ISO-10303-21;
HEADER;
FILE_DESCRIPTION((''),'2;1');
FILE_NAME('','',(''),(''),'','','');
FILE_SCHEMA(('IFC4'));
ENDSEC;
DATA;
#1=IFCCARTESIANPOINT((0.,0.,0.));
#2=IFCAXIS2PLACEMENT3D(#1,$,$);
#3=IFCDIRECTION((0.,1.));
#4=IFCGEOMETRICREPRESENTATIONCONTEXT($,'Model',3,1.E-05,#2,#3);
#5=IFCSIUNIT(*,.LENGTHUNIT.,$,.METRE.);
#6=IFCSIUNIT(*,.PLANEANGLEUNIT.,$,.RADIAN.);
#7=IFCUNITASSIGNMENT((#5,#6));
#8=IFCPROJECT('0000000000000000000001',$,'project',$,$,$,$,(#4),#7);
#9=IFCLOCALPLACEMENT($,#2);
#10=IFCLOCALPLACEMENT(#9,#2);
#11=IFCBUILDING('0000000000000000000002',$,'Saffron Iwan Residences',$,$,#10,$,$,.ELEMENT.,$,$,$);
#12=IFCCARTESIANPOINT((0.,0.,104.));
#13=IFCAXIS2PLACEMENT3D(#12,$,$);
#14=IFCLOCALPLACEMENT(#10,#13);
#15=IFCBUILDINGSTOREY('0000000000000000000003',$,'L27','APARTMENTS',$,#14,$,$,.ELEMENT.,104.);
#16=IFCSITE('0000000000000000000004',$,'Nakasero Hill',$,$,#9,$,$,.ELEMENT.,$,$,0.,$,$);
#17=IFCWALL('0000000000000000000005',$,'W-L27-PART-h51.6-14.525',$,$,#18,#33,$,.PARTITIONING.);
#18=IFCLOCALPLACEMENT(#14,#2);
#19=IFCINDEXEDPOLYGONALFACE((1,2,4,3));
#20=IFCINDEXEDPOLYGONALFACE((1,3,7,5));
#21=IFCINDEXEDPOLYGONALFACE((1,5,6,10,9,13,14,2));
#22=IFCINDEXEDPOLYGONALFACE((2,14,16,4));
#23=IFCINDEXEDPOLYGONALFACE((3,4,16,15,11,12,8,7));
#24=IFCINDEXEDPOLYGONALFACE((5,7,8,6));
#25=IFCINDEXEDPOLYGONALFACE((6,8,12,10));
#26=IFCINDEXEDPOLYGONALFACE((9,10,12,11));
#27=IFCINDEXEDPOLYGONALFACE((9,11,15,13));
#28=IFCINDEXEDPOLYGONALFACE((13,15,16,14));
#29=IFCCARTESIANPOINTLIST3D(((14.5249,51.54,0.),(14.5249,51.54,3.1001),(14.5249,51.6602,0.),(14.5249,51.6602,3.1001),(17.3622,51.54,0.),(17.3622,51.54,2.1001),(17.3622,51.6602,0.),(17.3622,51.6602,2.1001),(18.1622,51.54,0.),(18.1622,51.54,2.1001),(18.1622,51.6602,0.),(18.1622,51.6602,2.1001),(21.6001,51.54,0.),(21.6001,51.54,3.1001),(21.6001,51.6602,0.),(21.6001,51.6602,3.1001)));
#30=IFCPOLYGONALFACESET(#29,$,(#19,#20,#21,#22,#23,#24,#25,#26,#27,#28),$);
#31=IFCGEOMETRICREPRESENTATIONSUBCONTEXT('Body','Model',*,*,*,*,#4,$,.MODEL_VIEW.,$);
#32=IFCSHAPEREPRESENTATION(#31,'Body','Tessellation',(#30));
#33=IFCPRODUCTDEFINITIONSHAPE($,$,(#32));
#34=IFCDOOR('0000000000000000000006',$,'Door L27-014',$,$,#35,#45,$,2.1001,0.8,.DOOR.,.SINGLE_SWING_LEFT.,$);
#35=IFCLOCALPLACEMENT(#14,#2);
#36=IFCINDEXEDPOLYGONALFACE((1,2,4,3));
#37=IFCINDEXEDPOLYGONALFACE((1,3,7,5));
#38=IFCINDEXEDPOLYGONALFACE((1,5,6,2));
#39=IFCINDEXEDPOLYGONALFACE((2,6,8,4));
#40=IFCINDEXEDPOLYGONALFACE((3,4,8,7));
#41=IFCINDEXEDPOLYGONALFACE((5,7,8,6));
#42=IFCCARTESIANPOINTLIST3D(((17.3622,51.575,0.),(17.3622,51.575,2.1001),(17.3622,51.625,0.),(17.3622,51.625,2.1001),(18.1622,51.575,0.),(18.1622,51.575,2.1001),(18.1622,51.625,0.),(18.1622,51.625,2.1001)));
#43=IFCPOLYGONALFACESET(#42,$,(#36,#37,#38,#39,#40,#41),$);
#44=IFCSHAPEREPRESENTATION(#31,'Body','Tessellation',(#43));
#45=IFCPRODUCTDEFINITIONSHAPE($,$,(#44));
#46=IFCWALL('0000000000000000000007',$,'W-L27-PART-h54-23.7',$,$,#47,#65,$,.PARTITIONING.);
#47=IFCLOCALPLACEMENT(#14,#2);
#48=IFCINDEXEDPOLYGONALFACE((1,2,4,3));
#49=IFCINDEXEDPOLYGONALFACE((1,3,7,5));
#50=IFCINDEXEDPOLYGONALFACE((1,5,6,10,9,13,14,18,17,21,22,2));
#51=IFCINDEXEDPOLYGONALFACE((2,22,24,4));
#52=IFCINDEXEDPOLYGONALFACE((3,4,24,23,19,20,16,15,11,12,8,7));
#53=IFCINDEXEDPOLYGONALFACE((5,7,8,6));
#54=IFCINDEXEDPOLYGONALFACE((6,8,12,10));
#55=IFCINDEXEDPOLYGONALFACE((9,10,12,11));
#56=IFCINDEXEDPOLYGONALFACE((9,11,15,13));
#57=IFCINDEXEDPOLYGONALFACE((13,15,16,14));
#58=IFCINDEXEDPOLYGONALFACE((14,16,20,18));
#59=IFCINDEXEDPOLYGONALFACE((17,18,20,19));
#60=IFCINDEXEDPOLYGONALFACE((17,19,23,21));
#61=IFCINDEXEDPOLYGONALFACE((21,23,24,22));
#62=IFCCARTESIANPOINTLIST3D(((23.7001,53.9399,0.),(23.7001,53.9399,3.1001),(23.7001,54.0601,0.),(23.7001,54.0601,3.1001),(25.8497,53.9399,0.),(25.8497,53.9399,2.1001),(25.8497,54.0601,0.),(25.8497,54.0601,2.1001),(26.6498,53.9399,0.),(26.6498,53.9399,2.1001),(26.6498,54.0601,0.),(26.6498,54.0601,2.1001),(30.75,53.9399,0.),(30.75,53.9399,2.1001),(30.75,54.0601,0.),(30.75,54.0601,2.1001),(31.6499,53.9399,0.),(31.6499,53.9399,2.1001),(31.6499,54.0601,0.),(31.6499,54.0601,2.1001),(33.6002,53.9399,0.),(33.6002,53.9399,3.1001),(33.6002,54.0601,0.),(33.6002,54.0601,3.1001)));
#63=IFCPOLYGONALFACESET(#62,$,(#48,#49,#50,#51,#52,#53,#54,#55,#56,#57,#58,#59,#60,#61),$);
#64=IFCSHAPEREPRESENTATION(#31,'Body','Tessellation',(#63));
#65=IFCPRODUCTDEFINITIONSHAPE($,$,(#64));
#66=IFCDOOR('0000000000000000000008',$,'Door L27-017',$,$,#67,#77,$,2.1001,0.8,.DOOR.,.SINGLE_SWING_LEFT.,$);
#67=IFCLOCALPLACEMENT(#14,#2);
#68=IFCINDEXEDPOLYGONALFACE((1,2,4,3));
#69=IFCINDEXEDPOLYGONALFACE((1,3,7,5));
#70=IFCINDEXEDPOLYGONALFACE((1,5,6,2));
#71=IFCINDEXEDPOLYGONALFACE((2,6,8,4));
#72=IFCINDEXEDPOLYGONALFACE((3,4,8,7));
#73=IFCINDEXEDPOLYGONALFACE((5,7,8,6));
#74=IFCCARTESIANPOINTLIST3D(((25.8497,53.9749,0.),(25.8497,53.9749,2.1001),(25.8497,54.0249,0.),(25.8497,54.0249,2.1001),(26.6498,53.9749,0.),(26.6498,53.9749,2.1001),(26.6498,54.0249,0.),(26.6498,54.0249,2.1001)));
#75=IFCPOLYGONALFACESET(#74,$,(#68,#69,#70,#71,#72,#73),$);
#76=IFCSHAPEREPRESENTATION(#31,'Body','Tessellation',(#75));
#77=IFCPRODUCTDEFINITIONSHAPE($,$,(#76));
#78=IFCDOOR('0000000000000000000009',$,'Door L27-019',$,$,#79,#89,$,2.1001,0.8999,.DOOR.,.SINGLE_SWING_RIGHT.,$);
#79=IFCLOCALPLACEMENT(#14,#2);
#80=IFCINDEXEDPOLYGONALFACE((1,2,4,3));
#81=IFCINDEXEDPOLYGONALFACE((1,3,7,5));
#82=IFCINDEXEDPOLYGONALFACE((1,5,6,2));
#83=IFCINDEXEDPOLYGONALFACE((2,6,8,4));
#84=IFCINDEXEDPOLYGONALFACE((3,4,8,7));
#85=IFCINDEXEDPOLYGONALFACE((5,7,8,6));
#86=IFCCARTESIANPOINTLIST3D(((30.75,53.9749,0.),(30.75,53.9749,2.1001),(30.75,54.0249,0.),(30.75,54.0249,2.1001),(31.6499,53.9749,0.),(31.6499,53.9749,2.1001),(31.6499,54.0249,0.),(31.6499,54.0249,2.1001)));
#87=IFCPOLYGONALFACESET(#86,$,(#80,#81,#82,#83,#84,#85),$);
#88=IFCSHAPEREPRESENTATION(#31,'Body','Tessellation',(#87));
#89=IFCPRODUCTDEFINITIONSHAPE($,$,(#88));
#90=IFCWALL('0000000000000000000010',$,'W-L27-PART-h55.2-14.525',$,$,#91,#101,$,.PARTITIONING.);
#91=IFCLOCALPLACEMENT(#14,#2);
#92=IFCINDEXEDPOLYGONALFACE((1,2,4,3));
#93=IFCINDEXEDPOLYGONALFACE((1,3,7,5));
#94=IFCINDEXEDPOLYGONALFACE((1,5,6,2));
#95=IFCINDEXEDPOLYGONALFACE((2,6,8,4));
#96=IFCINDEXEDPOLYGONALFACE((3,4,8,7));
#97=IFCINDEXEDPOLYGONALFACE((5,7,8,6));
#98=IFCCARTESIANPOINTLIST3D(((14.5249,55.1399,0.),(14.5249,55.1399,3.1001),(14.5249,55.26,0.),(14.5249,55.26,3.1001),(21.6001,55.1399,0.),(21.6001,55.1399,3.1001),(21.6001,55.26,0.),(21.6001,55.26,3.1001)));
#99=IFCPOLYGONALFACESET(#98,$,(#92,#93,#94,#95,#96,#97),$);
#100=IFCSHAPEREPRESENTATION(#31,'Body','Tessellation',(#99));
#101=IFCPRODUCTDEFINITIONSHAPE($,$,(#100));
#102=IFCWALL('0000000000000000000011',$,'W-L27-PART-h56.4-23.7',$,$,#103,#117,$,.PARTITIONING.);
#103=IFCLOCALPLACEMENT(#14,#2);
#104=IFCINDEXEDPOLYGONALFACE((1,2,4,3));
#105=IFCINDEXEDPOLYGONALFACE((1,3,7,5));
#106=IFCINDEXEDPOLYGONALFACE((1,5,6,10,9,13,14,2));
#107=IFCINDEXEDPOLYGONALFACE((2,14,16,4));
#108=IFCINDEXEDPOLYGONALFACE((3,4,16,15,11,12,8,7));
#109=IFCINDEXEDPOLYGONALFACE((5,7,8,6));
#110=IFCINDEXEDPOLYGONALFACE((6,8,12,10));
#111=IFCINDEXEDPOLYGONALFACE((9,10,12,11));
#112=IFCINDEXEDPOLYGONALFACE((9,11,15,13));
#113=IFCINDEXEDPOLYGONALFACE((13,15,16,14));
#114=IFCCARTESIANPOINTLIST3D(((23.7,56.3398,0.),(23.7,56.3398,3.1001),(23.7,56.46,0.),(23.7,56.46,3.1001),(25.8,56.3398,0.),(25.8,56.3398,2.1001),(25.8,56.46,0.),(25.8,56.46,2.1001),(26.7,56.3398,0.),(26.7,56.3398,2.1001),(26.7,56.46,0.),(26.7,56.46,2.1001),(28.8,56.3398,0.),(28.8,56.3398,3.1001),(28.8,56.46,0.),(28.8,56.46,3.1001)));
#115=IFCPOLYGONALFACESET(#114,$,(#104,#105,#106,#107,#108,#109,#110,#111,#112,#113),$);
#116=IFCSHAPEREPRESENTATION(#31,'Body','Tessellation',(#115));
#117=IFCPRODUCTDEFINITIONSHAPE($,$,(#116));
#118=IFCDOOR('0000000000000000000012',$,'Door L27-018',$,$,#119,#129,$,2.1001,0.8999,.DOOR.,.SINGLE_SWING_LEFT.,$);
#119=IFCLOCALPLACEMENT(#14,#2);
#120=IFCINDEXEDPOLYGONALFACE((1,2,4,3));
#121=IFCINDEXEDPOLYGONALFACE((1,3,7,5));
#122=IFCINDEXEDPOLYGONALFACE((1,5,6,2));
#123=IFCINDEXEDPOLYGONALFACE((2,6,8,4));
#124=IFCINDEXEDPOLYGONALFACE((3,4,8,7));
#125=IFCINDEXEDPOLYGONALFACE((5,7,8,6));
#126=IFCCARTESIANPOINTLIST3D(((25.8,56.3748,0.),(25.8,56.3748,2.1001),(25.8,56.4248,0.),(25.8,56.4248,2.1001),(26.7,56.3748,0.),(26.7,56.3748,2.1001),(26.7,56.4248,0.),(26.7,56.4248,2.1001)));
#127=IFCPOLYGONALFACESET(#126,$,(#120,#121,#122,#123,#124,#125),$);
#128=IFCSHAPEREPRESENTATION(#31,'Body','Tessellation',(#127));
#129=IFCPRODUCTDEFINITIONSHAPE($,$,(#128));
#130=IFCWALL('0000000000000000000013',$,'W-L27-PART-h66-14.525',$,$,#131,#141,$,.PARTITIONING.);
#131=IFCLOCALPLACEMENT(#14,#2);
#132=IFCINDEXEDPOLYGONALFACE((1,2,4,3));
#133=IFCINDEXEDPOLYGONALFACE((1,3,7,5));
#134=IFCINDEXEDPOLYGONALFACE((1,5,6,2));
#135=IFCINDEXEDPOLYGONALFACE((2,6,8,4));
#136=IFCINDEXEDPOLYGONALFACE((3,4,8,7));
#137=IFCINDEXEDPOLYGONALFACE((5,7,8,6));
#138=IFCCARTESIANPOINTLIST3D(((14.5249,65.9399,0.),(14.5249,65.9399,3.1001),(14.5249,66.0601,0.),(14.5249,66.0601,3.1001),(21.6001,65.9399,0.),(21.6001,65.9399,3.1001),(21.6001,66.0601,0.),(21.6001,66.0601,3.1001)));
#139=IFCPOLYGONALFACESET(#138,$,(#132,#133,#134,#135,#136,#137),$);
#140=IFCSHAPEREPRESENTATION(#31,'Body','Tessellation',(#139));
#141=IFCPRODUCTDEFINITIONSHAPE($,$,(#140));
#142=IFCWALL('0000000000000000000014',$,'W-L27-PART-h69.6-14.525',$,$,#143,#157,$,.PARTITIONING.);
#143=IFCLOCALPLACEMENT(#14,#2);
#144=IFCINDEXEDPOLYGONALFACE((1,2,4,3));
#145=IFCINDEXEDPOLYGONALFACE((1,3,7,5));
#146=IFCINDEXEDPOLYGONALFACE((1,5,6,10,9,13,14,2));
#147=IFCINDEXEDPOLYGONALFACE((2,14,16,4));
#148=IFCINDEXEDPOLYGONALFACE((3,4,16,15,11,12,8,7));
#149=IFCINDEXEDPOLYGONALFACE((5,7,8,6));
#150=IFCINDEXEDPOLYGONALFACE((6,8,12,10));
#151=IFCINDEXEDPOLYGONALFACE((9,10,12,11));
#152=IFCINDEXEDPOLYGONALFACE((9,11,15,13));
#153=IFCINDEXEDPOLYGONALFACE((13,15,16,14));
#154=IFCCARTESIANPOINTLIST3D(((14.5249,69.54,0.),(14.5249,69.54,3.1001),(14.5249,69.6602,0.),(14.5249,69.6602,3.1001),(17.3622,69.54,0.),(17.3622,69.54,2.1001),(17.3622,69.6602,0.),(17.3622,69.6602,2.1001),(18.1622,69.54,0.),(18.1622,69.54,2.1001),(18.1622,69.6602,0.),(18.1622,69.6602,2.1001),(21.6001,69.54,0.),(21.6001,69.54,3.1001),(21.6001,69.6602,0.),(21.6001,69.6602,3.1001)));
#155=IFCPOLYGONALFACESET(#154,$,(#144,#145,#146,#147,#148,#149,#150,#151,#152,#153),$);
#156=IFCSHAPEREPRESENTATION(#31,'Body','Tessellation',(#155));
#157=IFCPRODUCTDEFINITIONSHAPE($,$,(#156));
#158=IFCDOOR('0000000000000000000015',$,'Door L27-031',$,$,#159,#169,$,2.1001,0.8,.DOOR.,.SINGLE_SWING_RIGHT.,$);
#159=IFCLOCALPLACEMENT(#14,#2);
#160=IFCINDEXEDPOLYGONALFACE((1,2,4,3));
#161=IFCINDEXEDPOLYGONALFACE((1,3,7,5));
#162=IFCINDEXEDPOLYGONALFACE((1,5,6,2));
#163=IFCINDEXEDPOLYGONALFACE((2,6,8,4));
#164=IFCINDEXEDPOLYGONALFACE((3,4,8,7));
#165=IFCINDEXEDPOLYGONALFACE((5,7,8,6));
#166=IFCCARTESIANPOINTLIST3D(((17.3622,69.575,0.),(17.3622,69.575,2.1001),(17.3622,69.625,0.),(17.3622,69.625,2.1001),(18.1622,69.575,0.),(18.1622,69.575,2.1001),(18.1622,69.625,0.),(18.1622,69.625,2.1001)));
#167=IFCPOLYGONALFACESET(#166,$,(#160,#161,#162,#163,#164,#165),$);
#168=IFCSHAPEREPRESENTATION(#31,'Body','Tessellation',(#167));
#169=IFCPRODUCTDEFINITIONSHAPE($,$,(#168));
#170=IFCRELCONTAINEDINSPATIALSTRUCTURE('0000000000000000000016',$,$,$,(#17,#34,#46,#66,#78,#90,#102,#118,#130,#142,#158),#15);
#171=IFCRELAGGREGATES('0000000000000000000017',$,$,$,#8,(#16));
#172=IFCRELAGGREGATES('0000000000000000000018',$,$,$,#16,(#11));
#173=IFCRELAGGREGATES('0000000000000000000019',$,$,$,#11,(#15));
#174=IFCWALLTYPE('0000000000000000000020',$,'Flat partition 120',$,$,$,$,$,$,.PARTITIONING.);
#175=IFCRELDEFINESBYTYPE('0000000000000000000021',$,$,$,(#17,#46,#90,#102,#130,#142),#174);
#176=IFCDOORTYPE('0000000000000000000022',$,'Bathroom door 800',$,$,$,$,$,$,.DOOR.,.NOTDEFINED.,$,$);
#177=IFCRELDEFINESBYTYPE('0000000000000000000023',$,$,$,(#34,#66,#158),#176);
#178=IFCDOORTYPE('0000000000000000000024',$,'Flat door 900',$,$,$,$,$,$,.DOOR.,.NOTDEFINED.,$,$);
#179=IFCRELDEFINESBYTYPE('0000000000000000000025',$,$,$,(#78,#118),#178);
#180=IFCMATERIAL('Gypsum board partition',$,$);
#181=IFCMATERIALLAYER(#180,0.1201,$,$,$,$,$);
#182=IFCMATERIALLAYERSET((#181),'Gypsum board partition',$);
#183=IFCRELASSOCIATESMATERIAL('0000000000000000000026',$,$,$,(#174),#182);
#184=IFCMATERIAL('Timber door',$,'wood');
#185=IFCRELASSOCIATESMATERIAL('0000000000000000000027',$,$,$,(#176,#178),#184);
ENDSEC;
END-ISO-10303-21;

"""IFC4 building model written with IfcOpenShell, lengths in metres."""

from ifc_helpers import new_model, si_unit, direction, frame, frame_2d, origin, place, context, subcontext, project, spatial, rectangle, extrude, material, layer, layer_set, type_object, element, fill, save


model = new_model("IFC4")

# Units and contexts
model_context = context("Model", 3, precision=1e-05, world=origin(), true_north=direction((0.0, 1.0)))
body_context = subcontext(model_context, "Body", "Model", "MODEL_VIEW")
ifc_project = project(units=[si_unit("LENGTHUNIT", "METRE"), si_unit("PLANEANGLEUNIT", "RADIAN")], contexts=[model_context])

# Site, building, storey
site_placement = place(None, origin())
site = spatial("IfcSite", under=ifc_project, at=site_placement, Name="Nakasero Hill", CompositionType="ELEMENT", RefElevation=0.0)
building_placement = place(site_placement, origin())
building = spatial("IfcBuilding", under=site, at=building_placement, Name="Saffron Iwan Residences", CompositionType="ELEMENT")
storey_placement = place(building_placement, frame((0.0, 0.0, 104.0)))
storey = spatial("IfcBuildingStorey", under=building, at=storey_placement, Name="L27", Description="APARTMENTS", CompositionType="ELEMENT", Elevation=104.0)

# Shared definitions
ifc_material_1 = material(Name="Gypsum board partition")
ifc_layer_1 = layer(ifc_material_1, 0.1201)
ifc_layer_set_1 = layer_set([ifc_layer_1], Name="Gypsum board partition")
wall_type_1 = type_object("IfcWallType", Name="Flat partition 120", PredefinedType="PARTITIONING", material=ifc_layer_set_1)

# Wall, opening, door
wall_1_placement = place(storey_placement, frame((14.5249, 51.6001, 0.0), z_axis=(0.0, 0.0, 1.0), x_axis=(1.0, 0.0, 0.0)))
wall_1 = element("IfcWall", 1, at=wall_1_placement, inside=storey, type_object=wall_type_1, Name="W-L27-PART-h51.6-14.525", PredefinedType="PARTITIONING", context=body_context, shape_type="SweptSolid", body=[
    extrude(rectangle(XDim=7.0752, YDim=0.1201, at=frame_2d((3.5376, 0.0))), origin(), (0.0, 0.0, 1.0), 3.1001),
])
opening_1_placement = place(wall_1_placement, frame((2.8374, 0.0, 0.0)))
opening_1 = element("IfcOpeningElement", 2, at=opening_1_placement, cuts=wall_1, PredefinedType="OPENING", context=body_context, shape_type="SweptSolid", body=[
    extrude(rectangle(XDim=0.8, YDim=2.1001, at=frame_2d((0.3999, 1.05))), frame((0.0, 0.0701, 0.0), z_axis=(0.0, -1.0, 0.0), x_axis=(1.0, 0.0, 0.0)), (0.0, 0.0, 1.0), 0.1401),
])
ifc_material_2 = material(Name="Timber door", Category="wood")
door_type_1 = type_object("IfcDoorType", Name="Bathroom door 800", OperationType="NOTDEFINED", PredefinedType="DOOR", material=ifc_material_2)
door_1_placement = place(opening_1_placement, origin())
door_1 = element("IfcDoor", 3, at=door_1_placement, inside=storey, type_object=door_type_1, Name="Door L27-014", OperationType="SINGLE_SWING_LEFT", OverallHeight=2.1001, OverallWidth=0.8, PredefinedType="DOOR", context=body_context, shape_type="SweptSolid", body=[
    extrude(rectangle(XDim=0.8, YDim=2.1001, at=frame_2d((0.3999, 1.05))), frame((0.0, 0.0249, 0.0), z_axis=(0.0, -1.0, 0.0), x_axis=(1.0, 0.0, 0.0)), (0.0, 0.0, 1.0), 0.05),
])
fill(opening_1, door_1)

# Wall, openings, doors
wall_2_placement = place(storey_placement, frame((23.7, 54.0, 0.0), z_axis=(0.0, 0.0, 1.0), x_axis=(1.0, 0.0, 0.0)))
wall_2 = element("IfcWall", 4, at=wall_2_placement, inside=storey, type_object=wall_type_1, Name="W-L27-PART-h54-23.7", PredefinedType="PARTITIONING", context=body_context, shape_type="SweptSolid", body=[
    extrude(rectangle(XDim=9.9001, YDim=0.1201, at=frame_2d((4.9502, 0.0))), origin(), (0.0, 0.0, 1.0), 3.1001),
])
opening_2_placement = place(wall_2_placement, frame((2.1499, 0.0, 0.0)))
opening_2 = element("IfcOpeningElement", 5, at=opening_2_placement, cuts=wall_2, PredefinedType="OPENING", context=body_context, shape_type="SweptSolid", body=[
    extrude(rectangle(XDim=0.8, YDim=2.1001, at=frame_2d((0.3999, 1.05))), frame((0.0, 0.0701, 0.0), z_axis=(0.0, -1.0, 0.0), x_axis=(1.0, 0.0, 0.0)), (0.0, 0.0, 1.0), 0.1401),
])
opening_3_placement = place(wall_2_placement, frame((7.05, 0.0, 0.0)))
opening_3 = element("IfcOpeningElement", 6, at=opening_3_placement, cuts=wall_2, PredefinedType="OPENING", context=body_context, shape_type="SweptSolid", body=[
    extrude(rectangle(XDim=0.8999, YDim=2.1001, at=frame_2d((0.45, 1.05))), frame((0.0, 0.0701, 0.0), z_axis=(0.0, -1.0, 0.0), x_axis=(1.0, 0.0, 0.0)), (0.0, 0.0, 1.0), 0.1401),
])
door_2_placement = place(opening_2_placement, origin())
door_2 = element("IfcDoor", 7, at=door_2_placement, inside=storey, type_object=door_type_1, Name="Door L27-017", OperationType="SINGLE_SWING_LEFT", OverallHeight=2.1001, OverallWidth=0.8, PredefinedType="DOOR", context=body_context, shape_type="SweptSolid", body=[
    extrude(rectangle(XDim=0.8, YDim=2.1001, at=frame_2d((0.3999, 1.05))), frame((0.0, 0.0249, 0.0), z_axis=(0.0, -1.0, 0.0), x_axis=(1.0, 0.0, 0.0)), (0.0, 0.0, 1.0), 0.05),
])
fill(opening_2, door_2)
door_type_2 = type_object("IfcDoorType", Name="Flat door 900", OperationType="NOTDEFINED", PredefinedType="DOOR", material=ifc_material_2)
door_3_placement = place(opening_3_placement, origin())
door_3 = element("IfcDoor", 8, at=door_3_placement, inside=storey, type_object=door_type_2, Name="Door L27-019", OperationType="SINGLE_SWING_RIGHT", OverallHeight=2.1001, OverallWidth=0.8999, PredefinedType="DOOR", context=body_context, shape_type="SweptSolid", body=[
    extrude(rectangle(XDim=0.8999, YDim=2.1001, at=frame_2d((0.45, 1.05))), frame((0.0, 0.0249, 0.0), z_axis=(0.0, -1.0, 0.0), x_axis=(1.0, 0.0, 0.0)), (0.0, 0.0, 1.0), 0.05),
])
fill(opening_3, door_3)

# Wall
wall_3_placement = place(storey_placement, frame((14.5249, 55.2, 0.0), z_axis=(0.0, 0.0, 1.0), x_axis=(1.0, 0.0, 0.0)))
element("IfcWall", 9, at=wall_3_placement, inside=storey, type_object=wall_type_1, Name="W-L27-PART-h55.2-14.525", PredefinedType="PARTITIONING", context=body_context, shape_type="SweptSolid", body=[
    extrude(rectangle(XDim=7.0752, YDim=0.1201, at=frame_2d((3.5376, 0.0))), origin(), (0.0, 0.0, 1.0), 3.1001),
])

# Wall, opening, door
wall_4_placement = place(storey_placement, frame((23.7, 56.3999, 0.0), z_axis=(0.0, 0.0, 1.0), x_axis=(1.0, 0.0, 0.0)))
wall_4 = element("IfcWall", 10, at=wall_4_placement, inside=storey, type_object=wall_type_1, Name="W-L27-PART-h56.4-23.7", PredefinedType="PARTITIONING", context=body_context, shape_type="SweptSolid", body=[
    extrude(rectangle(XDim=5.1001, YDim=0.1201, at=frame_2d((2.55, 0.0))), origin(), (0.0, 0.0, 1.0), 3.1001),
])
opening_4_placement = place(wall_4_placement, frame((2.1001, 0.0, 0.0)))
opening_4 = element("IfcOpeningElement", 11, at=opening_4_placement, cuts=wall_4, PredefinedType="OPENING", context=body_context, shape_type="SweptSolid", body=[
    extrude(rectangle(XDim=0.8999, YDim=2.1001, at=frame_2d((0.45, 1.05))), frame((0.0, 0.0701, 0.0), z_axis=(0.0, -1.0, 0.0), x_axis=(1.0, 0.0, 0.0)), (0.0, 0.0, 1.0), 0.1401),
])
door_4_placement = place(opening_4_placement, origin())
door_4 = element("IfcDoor", 12, at=door_4_placement, inside=storey, type_object=door_type_2, Name="Door L27-018", OperationType="SINGLE_SWING_LEFT", OverallHeight=2.1001, OverallWidth=0.8999, PredefinedType="DOOR", context=body_context, shape_type="SweptSolid", body=[
    extrude(rectangle(XDim=0.8999, YDim=2.1001, at=frame_2d((0.45, 1.05))), frame((0.0, 0.0249, 0.0), z_axis=(0.0, -1.0, 0.0), x_axis=(1.0, 0.0, 0.0)), (0.0, 0.0, 1.0), 0.05),
])
fill(opening_4, door_4)

# Wall
wall_5_placement = place(storey_placement, frame((14.5249, 66.0, 0.0), z_axis=(0.0, 0.0, 1.0), x_axis=(1.0, 0.0, 0.0)))
element("IfcWall", 13, at=wall_5_placement, inside=storey, type_object=wall_type_1, Name="W-L27-PART-h66-14.525", PredefinedType="PARTITIONING", context=body_context, shape_type="SweptSolid", body=[
    extrude(rectangle(XDim=7.0752, YDim=0.1201, at=frame_2d((3.5376, 0.0))), origin(), (0.0, 0.0, 1.0), 3.1001),
])

# Wall, opening, door
wall_6_placement = place(storey_placement, frame((14.5249, 69.6001, 0.0), z_axis=(0.0, 0.0, 1.0), x_axis=(1.0, 0.0, 0.0)))
wall_6 = element("IfcWall", 14, at=wall_6_placement, inside=storey, type_object=wall_type_1, Name="W-L27-PART-h69.6-14.525", PredefinedType="PARTITIONING", context=body_context, shape_type="SweptSolid", body=[
    extrude(rectangle(XDim=7.0752, YDim=0.1201, at=frame_2d((3.5376, 0.0))), origin(), (0.0, 0.0, 1.0), 3.1001),
])
opening_5_placement = place(wall_6_placement, frame((2.8374, 0.0, 0.0)))
opening_5 = element("IfcOpeningElement", 15, at=opening_5_placement, cuts=wall_6, PredefinedType="OPENING", context=body_context, shape_type="SweptSolid", body=[
    extrude(rectangle(XDim=0.8, YDim=2.1001, at=frame_2d((0.3999, 1.05))), frame((0.0, 0.0701, 0.0), z_axis=(0.0, -1.0, 0.0), x_axis=(1.0, 0.0, 0.0)), (0.0, 0.0, 1.0), 0.1401),
])
door_5_placement = place(opening_5_placement, origin())
door_5 = element("IfcDoor", 16, at=door_5_placement, inside=storey, type_object=door_type_1, Name="Door L27-031", OperationType="SINGLE_SWING_RIGHT", OverallHeight=2.1001, OverallWidth=0.8, PredefinedType="DOOR", context=body_context, shape_type="SweptSolid", body=[
    extrude(rectangle(XDim=0.8, YDim=2.1001, at=frame_2d((0.3999, 1.05))), frame((0.0, 0.0249, 0.0), z_axis=(0.0, -1.0, 0.0), x_axis=(1.0, 0.0, 0.0)), (0.0, 0.0, 1.0), 0.05),
])
fill(opening_5, door_5)

save(model, "model.ifc")
